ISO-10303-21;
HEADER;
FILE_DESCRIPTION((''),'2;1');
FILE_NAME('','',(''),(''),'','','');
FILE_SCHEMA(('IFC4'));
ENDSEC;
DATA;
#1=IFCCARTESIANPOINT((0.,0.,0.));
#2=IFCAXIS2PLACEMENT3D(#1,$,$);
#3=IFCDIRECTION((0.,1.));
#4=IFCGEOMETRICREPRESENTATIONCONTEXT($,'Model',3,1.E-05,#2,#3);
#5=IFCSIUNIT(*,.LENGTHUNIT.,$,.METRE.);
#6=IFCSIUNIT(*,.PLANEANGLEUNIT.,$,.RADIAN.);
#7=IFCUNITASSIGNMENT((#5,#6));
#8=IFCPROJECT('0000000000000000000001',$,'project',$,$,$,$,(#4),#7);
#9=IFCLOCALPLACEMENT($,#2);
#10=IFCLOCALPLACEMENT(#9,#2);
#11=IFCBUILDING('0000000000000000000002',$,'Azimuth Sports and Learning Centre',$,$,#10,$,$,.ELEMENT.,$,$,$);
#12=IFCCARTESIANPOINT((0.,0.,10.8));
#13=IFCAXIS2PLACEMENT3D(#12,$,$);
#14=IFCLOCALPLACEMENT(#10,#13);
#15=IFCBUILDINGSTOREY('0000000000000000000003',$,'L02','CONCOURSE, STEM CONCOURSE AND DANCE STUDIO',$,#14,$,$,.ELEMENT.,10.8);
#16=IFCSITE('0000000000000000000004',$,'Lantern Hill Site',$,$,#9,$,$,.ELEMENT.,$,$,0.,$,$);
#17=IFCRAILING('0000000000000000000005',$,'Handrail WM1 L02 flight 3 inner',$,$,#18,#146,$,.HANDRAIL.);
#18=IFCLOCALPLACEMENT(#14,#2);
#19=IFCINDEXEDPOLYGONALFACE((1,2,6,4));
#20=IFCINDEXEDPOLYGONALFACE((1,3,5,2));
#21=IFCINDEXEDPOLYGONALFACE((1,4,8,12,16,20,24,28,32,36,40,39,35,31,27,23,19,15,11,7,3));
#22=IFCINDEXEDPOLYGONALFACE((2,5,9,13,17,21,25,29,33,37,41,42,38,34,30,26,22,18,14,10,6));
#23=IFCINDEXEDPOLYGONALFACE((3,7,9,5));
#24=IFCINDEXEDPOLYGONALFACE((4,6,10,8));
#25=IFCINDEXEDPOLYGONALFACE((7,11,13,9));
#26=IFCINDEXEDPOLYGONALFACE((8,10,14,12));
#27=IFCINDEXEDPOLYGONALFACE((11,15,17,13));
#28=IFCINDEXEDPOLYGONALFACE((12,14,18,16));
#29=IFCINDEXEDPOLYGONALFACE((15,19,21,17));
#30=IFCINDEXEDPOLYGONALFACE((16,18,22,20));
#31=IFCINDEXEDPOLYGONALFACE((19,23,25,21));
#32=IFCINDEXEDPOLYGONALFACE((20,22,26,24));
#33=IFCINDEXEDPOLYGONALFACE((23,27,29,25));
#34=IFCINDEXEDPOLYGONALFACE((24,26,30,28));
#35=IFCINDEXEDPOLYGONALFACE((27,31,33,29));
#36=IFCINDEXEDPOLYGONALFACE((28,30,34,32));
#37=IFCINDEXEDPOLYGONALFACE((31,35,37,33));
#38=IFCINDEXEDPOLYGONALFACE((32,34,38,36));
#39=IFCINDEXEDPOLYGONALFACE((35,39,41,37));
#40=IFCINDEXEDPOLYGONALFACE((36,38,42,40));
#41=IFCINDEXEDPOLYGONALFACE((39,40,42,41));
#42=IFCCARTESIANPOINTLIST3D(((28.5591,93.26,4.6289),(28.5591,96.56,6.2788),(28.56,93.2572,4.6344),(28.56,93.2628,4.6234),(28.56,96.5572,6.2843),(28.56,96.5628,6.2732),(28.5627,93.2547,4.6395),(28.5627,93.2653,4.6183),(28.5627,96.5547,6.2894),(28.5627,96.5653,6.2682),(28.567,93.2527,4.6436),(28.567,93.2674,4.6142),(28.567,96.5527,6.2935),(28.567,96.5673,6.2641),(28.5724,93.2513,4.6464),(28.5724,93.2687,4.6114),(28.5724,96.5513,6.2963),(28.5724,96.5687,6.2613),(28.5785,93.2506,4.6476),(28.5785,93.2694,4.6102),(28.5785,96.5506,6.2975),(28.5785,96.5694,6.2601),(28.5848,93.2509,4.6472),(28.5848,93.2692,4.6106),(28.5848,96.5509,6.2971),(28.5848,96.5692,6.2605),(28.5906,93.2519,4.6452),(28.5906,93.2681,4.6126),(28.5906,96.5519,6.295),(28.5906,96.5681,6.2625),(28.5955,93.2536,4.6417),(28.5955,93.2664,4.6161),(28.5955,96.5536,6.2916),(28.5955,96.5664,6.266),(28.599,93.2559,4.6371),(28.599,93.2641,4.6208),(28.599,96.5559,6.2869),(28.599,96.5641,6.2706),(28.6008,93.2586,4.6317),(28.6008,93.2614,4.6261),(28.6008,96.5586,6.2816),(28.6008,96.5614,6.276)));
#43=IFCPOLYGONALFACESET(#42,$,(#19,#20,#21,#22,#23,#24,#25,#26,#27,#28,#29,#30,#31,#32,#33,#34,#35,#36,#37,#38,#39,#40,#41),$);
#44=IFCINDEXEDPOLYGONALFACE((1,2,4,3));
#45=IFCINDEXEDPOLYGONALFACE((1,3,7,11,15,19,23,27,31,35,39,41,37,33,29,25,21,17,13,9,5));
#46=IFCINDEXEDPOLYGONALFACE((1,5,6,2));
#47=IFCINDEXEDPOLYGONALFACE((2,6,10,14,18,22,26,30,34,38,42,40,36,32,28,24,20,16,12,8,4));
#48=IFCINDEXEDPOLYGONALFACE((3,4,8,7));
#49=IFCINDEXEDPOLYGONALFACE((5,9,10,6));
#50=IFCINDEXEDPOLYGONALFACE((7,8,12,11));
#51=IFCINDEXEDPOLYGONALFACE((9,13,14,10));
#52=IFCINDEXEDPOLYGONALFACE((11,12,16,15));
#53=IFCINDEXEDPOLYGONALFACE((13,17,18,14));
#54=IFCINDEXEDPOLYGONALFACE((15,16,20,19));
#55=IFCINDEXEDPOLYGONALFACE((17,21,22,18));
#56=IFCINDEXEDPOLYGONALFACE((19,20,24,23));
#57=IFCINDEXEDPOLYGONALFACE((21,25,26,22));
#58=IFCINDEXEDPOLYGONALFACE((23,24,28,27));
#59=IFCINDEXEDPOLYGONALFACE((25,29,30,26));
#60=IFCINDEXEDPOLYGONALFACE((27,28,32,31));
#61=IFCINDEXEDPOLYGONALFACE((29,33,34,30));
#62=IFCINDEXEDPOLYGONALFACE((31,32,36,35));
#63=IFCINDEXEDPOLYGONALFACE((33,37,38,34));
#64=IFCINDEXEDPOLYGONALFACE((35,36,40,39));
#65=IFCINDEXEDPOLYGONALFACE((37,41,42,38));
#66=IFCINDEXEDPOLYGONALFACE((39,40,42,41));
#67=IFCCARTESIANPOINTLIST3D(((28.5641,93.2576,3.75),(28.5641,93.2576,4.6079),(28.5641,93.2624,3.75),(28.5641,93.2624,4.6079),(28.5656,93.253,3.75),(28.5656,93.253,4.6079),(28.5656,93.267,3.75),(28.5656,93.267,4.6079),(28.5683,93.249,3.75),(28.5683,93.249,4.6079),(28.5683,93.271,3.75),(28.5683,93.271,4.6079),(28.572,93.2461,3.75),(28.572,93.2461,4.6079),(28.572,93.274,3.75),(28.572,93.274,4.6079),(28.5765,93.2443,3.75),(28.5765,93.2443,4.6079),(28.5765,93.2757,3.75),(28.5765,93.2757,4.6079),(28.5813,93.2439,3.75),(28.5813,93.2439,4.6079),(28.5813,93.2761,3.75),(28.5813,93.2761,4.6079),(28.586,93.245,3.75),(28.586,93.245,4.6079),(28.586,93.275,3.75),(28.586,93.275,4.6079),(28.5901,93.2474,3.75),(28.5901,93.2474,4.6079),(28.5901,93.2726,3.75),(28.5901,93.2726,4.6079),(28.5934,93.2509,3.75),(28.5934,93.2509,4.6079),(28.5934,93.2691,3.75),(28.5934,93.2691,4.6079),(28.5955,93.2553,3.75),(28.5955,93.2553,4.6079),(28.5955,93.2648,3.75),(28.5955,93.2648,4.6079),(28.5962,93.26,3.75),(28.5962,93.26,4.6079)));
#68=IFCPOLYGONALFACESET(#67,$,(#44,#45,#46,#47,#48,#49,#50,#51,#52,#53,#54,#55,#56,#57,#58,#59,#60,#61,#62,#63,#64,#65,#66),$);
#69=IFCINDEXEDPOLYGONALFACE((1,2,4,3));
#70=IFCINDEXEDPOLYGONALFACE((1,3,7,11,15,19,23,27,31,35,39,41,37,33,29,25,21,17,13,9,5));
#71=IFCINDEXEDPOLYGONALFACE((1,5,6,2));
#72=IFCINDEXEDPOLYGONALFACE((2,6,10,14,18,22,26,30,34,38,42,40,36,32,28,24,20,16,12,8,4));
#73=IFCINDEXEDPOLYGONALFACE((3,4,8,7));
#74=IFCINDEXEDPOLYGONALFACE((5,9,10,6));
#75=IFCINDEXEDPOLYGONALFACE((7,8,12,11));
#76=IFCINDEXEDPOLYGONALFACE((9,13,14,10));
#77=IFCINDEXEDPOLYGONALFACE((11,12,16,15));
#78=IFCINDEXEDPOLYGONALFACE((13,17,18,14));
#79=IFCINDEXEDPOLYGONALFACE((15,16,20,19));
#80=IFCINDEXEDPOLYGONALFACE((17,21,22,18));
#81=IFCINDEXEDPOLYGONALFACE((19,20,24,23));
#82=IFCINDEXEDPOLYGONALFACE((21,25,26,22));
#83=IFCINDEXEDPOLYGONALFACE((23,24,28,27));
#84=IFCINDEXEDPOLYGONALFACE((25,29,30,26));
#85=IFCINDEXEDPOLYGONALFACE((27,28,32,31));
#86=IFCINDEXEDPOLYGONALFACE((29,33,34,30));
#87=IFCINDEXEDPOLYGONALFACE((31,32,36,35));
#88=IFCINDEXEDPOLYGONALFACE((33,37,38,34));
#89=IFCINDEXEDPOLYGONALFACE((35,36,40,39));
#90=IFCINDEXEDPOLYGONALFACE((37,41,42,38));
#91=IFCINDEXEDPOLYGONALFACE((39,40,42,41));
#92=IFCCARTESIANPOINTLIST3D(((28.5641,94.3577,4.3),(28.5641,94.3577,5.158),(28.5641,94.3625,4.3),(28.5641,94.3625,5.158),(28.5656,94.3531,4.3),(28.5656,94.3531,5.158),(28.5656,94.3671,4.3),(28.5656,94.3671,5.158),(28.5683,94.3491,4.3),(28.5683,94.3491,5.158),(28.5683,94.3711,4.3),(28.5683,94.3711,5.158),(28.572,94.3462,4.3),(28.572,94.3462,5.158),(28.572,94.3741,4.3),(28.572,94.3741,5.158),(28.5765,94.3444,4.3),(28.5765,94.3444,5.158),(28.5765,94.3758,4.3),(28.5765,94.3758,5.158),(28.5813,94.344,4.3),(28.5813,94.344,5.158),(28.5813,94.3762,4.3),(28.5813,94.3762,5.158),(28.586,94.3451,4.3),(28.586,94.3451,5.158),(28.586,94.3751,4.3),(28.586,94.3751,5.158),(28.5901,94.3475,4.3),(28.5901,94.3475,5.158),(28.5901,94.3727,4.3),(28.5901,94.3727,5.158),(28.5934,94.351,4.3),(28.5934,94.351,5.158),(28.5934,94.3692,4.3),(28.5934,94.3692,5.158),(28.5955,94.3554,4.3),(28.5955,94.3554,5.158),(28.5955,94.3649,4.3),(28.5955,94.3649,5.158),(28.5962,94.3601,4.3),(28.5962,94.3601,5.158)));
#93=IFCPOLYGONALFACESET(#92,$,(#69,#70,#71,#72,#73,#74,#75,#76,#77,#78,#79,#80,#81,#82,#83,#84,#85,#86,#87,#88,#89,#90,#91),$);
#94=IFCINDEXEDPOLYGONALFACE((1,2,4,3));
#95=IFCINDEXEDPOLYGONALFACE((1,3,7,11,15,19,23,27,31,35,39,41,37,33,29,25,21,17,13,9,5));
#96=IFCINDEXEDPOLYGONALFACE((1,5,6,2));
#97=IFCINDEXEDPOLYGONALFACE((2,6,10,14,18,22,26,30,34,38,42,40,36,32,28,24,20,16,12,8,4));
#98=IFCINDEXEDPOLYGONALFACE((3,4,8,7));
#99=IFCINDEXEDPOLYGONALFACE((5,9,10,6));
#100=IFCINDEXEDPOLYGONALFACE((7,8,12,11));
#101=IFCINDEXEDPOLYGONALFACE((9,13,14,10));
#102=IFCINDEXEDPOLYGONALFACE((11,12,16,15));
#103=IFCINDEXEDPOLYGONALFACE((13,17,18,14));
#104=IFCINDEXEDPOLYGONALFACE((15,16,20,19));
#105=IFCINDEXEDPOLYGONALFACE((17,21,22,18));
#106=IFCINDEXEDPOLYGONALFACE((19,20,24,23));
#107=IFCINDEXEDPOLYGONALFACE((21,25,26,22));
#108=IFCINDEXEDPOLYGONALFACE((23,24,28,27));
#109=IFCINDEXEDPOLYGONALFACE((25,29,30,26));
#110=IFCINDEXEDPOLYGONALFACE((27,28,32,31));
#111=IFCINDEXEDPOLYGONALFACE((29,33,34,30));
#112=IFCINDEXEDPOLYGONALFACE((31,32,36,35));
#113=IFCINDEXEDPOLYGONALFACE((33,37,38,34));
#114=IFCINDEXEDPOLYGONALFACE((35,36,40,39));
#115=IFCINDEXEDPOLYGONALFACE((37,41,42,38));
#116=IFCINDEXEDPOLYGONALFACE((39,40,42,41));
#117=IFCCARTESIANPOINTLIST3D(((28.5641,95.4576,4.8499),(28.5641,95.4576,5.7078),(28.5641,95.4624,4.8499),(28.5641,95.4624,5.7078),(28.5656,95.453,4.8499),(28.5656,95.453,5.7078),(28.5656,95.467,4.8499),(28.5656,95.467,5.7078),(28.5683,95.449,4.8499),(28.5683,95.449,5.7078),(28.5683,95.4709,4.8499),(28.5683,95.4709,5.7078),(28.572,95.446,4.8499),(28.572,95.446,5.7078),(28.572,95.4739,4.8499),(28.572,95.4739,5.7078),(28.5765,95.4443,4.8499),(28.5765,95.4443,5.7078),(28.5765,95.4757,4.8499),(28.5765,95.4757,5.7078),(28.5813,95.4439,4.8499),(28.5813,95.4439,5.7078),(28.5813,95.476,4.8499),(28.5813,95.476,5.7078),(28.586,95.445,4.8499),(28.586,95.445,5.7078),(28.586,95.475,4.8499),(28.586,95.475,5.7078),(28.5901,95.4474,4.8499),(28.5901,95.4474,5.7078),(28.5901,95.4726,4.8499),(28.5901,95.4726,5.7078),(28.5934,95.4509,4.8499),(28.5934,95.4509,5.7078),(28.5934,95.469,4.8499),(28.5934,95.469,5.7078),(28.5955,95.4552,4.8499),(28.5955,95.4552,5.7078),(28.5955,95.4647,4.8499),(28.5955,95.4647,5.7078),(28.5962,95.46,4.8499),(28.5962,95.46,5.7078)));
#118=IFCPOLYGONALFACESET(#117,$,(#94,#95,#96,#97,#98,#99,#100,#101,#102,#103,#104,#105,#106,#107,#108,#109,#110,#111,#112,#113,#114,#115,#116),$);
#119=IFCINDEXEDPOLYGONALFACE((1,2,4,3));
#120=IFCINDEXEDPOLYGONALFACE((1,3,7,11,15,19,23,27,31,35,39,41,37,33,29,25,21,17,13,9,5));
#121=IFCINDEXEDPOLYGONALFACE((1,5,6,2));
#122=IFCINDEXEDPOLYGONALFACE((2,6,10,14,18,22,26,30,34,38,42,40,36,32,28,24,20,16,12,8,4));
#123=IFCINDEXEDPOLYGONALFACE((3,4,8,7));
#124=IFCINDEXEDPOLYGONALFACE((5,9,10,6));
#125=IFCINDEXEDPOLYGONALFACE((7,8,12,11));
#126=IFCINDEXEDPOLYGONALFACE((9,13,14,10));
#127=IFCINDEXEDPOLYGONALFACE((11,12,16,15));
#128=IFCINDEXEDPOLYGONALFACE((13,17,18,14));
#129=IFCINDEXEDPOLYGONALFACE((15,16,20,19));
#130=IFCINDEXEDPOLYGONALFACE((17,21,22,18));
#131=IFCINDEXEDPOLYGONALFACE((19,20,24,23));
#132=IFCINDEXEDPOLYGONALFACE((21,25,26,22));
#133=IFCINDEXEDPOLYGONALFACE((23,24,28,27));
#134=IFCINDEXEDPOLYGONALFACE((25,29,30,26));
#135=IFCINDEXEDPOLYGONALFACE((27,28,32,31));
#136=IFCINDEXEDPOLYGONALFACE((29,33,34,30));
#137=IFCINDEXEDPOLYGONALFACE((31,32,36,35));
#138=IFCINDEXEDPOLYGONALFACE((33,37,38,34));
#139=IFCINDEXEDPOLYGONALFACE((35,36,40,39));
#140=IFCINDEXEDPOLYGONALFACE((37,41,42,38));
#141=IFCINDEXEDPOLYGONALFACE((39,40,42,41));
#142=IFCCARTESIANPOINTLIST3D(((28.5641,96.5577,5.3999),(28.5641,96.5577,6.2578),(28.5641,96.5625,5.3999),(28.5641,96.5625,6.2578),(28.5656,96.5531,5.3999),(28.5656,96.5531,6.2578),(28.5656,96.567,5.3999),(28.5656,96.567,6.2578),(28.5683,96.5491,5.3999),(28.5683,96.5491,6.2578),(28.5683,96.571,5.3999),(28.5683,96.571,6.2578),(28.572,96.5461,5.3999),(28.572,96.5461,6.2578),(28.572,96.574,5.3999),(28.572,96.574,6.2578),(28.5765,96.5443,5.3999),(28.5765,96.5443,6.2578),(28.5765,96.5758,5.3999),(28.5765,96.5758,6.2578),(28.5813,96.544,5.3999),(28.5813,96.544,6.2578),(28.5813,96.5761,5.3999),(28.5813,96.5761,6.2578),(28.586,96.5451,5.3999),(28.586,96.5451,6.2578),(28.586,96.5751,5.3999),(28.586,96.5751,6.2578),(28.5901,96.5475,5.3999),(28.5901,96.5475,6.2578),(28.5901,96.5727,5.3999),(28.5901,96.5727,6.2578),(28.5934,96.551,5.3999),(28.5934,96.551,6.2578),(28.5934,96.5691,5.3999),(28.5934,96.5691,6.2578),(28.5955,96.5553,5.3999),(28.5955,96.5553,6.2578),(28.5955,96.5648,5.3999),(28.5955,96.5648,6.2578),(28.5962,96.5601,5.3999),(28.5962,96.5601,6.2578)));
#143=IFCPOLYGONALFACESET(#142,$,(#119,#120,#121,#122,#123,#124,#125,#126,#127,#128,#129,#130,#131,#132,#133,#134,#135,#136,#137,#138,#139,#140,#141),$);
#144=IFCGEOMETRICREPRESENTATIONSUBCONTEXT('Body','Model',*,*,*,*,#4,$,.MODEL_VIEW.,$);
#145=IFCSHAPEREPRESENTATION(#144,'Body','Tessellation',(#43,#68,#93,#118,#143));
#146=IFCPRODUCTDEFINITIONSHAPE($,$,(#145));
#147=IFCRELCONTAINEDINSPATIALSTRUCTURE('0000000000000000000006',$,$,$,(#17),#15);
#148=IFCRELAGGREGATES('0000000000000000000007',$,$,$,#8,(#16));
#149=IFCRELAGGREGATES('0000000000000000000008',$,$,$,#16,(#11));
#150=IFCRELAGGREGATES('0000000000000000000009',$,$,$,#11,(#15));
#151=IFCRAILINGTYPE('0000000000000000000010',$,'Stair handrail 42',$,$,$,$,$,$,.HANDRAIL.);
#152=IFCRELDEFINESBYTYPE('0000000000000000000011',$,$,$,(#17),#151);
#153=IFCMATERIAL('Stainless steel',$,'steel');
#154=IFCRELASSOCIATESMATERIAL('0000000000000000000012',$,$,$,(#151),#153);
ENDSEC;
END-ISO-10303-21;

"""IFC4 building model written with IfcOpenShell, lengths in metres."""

from ifc_helpers import new_model, si_unit, direction, frame, origin, origin_2d, place, context, subcontext, project, spatial, circle, extrude, material, type_object, element, save


model = new_model("IFC4")

# Units and contexts
model_context = context("Model", 3, precision=1e-05, world=origin(), true_north=direction((0.0, 1.0)))
body_context = subcontext(model_context, "Body", "Model", "MODEL_VIEW")
ifc_project = project(units=[si_unit("LENGTHUNIT", "METRE"), si_unit("PLANEANGLEUNIT", "RADIAN")], contexts=[model_context])

# Site, building, storey
site_placement = place(None, origin())
site = spatial("IfcSite", under=ifc_project, at=site_placement, Name="Lantern Hill Site", CompositionType="ELEMENT", RefElevation=0.0)
building_placement = place(site_placement, origin())
building = spatial("IfcBuilding", under=site, at=building_placement, Name="Azimuth Sports and Learning Centre", CompositionType="ELEMENT")
storey_placement = place(building_placement, frame((0.0, 0.0, 10.8)))
storey = spatial("IfcBuildingStorey", under=building, at=storey_placement, Name="L02", Description="CONCOURSE, STEM CONCOURSE AND DANCE STUDIO", CompositionType="ELEMENT", Elevation=10.8)

# Railing
ifc_material_1 = material(Name="Stainless steel", Category="steel")
railing_type_1 = type_object("IfcRailingType", Name="Stair handrail 42", PredefinedType="HANDRAIL", material=ifc_material_1)
for number, where, name in (
    (1, (28.5801, 93.26, 3.75), "Handrail WM1 L02 flight 3 inner"),
):
    element("IfcRailing", number, at=place(storey_placement, frame(where)), inside=storey, type_object=railing_type_1, Name=name, PredefinedType="HANDRAIL", context=body_context, shape_type="SweptSolid", body=[
        extrude(circle(Radius=0.021, at=origin_2d()), frame((0.0, 0.0, 0.8789), z_axis=(0.0, 0.89444, 0.447187), x_axis=(-1.0, 0.0, 0.0)), (0.0, 0.0, 1.0), 3.6895),
        extrude(circle(Radius=0.0161, at=origin_2d()), origin(), (0.0, 0.0, 1.0), 0.8579),
        extrude(circle(Radius=0.0161, at=origin_2d()), frame((0.0, 1.1001, 0.55)), (0.0, 0.0, 1.0), 0.8579),
        extrude(circle(Radius=0.0161, at=origin_2d()), frame((0.0, 2.2, 1.0999)), (0.0, 0.0, 1.0), 0.8579),
        extrude(circle(Radius=0.0161, at=origin_2d()), frame((0.0, 3.3, 1.6499)), (0.0, 0.0, 1.0), 0.8579),
    ])

save(model, "model.ifc")
